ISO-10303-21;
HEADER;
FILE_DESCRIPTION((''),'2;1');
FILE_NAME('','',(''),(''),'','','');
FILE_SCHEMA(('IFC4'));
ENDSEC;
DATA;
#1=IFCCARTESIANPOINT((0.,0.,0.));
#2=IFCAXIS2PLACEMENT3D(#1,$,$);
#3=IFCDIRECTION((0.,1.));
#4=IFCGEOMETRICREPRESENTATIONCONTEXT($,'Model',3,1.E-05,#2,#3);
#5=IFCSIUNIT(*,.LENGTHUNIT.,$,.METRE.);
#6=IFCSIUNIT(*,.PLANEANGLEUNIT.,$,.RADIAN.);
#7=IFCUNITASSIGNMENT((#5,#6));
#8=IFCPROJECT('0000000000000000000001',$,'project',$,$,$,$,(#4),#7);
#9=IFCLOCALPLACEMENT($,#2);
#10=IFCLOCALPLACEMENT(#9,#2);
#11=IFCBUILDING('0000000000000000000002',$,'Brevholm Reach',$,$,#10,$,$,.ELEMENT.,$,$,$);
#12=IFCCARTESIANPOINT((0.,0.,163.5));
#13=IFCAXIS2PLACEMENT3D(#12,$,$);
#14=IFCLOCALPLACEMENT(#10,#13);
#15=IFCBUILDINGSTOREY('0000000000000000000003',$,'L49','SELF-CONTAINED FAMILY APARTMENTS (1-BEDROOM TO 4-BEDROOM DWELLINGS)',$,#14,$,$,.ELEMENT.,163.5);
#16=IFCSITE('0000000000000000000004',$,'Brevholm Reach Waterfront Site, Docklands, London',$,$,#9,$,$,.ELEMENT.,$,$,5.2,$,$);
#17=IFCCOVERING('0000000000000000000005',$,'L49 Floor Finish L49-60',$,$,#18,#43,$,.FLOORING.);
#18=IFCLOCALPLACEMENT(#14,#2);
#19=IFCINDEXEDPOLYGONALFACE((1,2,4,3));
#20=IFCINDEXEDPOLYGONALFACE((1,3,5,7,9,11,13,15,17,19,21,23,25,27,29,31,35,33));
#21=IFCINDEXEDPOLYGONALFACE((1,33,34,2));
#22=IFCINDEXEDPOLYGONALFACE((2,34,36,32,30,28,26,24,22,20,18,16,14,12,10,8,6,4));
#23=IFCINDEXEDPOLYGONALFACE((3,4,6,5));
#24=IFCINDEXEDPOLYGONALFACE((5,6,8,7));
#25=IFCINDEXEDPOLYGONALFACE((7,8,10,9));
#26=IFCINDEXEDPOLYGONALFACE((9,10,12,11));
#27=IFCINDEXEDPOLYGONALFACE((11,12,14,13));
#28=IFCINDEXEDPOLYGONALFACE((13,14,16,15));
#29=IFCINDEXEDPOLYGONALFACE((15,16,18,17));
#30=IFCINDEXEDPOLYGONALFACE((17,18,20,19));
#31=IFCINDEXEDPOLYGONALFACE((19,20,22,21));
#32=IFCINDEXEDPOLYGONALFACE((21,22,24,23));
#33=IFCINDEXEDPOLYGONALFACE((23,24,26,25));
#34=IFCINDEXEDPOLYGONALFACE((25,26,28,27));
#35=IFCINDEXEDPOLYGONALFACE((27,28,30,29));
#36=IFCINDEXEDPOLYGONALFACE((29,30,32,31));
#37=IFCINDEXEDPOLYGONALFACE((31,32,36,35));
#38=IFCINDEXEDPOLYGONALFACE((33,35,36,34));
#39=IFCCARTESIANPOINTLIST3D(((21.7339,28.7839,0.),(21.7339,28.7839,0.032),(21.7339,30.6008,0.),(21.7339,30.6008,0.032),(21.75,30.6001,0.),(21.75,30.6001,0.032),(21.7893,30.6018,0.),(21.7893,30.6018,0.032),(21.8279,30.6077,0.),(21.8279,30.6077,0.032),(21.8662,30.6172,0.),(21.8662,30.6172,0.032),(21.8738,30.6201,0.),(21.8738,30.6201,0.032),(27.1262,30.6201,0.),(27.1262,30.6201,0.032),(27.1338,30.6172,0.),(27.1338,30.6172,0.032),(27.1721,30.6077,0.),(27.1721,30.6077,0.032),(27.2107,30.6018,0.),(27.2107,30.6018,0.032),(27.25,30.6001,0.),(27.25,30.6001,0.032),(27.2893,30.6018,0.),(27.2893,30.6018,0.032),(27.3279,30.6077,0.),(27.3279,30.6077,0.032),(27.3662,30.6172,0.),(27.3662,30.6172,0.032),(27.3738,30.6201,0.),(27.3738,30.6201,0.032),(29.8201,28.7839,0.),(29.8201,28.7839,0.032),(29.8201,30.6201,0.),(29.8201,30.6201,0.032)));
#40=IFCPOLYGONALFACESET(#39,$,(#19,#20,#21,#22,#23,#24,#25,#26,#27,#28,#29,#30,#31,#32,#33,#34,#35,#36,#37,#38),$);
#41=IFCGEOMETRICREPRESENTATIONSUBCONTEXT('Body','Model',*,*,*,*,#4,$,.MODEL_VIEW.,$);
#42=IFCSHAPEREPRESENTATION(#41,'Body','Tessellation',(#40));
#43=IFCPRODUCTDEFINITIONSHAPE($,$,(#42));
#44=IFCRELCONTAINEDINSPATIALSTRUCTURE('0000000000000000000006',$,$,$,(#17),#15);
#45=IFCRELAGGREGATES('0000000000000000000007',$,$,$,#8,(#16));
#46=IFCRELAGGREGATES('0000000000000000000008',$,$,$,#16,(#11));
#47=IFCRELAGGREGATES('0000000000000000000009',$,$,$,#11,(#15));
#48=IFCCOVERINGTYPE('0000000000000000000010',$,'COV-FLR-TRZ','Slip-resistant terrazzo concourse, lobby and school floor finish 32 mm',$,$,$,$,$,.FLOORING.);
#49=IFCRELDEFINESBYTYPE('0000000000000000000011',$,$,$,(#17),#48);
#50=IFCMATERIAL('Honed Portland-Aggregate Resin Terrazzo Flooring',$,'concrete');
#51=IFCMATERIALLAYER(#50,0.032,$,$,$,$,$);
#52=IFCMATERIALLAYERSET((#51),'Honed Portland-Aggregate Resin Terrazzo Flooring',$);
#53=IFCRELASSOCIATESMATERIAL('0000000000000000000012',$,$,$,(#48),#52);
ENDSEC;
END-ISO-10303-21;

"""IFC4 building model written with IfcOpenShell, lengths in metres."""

from ifc_helpers import new_model, si_unit, direction, frame, origin, place, context, subcontext, project, spatial, polyline, outline, extrude, material, layer, layer_set, type_object, element, save


model = new_model("IFC4")

# Units and contexts
model_context = context("Model", 3, precision=1e-05, world=origin(), true_north=direction((0.0, 1.0)))
body_context = subcontext(model_context, "Body", "Model", "MODEL_VIEW")
ifc_project = project(units=[si_unit("LENGTHUNIT", "METRE"), si_unit("PLANEANGLEUNIT", "RADIAN")], contexts=[model_context])

# Site, building, storey
site_placement = place(None, origin())
site = spatial("IfcSite", under=ifc_project, at=site_placement, Name="Brevholm Reach Waterfront Site, Docklands, London", CompositionType="ELEMENT", RefElevation=5.2)
building_placement = place(site_placement, origin())
building = spatial("IfcBuilding", under=site, at=building_placement, Name="Brevholm Reach", CompositionType="ELEMENT")
storey_placement = place(building_placement, frame((0.0, 0.0, 163.5)))
storey = spatial("IfcBuildingStorey", under=building, at=storey_placement, Name="L49", Description="SELF-CONTAINED FAMILY APARTMENTS (1-BEDROOM TO 4-BEDROOM DWELLINGS)", CompositionType="ELEMENT", Elevation=163.5)

# Covering
ifc_material_1 = material(Name="Honed Portland-Aggregate Resin Terrazzo Flooring", Category="concrete")
ifc_layer_1 = layer(ifc_material_1, 0.032)
ifc_layer_set_1 = layer_set([ifc_layer_1], Name="Honed Portland-Aggregate Resin Terrazzo Flooring")
covering_type_1 = type_object("IfcCoveringType", Name="COV-FLR-TRZ", Description="Slip-resistant terrazzo concourse, lobby and school floor finish 32 mm", PredefinedType="FLOORING", material=ifc_layer_set_1)
covering_1_placement = place(storey_placement, origin())
element("IfcCovering", 1, at=covering_1_placement, inside=storey, type_object=covering_type_1, Name="L49 Floor Finish L49-60", PredefinedType="FLOORING", context=body_context, shape_type="SweptSolid", body=[
    extrude(outline(polyline([(27.1262, 30.6201), (27.1338, 30.6172), (27.1721, 30.6077), (27.2107, 30.6018), (27.25, 30.6001), (27.2893, 30.6018), (27.3279, 30.6077), (27.3662, 30.6172), (27.3738, 30.6201), (29.8201, 30.6201), (29.8201, 28.7839), (21.7339, 28.7839), (21.7339, 30.6008), (21.75, 30.6001), (21.7893, 30.6018), (21.8279, 30.6077), (21.8662, 30.6172), (21.8738, 30.6201), (27.1262, 30.6201)])), origin(), (0.0, 0.0, 1.0), 0.032),
])

save(model, "model.ifc")
